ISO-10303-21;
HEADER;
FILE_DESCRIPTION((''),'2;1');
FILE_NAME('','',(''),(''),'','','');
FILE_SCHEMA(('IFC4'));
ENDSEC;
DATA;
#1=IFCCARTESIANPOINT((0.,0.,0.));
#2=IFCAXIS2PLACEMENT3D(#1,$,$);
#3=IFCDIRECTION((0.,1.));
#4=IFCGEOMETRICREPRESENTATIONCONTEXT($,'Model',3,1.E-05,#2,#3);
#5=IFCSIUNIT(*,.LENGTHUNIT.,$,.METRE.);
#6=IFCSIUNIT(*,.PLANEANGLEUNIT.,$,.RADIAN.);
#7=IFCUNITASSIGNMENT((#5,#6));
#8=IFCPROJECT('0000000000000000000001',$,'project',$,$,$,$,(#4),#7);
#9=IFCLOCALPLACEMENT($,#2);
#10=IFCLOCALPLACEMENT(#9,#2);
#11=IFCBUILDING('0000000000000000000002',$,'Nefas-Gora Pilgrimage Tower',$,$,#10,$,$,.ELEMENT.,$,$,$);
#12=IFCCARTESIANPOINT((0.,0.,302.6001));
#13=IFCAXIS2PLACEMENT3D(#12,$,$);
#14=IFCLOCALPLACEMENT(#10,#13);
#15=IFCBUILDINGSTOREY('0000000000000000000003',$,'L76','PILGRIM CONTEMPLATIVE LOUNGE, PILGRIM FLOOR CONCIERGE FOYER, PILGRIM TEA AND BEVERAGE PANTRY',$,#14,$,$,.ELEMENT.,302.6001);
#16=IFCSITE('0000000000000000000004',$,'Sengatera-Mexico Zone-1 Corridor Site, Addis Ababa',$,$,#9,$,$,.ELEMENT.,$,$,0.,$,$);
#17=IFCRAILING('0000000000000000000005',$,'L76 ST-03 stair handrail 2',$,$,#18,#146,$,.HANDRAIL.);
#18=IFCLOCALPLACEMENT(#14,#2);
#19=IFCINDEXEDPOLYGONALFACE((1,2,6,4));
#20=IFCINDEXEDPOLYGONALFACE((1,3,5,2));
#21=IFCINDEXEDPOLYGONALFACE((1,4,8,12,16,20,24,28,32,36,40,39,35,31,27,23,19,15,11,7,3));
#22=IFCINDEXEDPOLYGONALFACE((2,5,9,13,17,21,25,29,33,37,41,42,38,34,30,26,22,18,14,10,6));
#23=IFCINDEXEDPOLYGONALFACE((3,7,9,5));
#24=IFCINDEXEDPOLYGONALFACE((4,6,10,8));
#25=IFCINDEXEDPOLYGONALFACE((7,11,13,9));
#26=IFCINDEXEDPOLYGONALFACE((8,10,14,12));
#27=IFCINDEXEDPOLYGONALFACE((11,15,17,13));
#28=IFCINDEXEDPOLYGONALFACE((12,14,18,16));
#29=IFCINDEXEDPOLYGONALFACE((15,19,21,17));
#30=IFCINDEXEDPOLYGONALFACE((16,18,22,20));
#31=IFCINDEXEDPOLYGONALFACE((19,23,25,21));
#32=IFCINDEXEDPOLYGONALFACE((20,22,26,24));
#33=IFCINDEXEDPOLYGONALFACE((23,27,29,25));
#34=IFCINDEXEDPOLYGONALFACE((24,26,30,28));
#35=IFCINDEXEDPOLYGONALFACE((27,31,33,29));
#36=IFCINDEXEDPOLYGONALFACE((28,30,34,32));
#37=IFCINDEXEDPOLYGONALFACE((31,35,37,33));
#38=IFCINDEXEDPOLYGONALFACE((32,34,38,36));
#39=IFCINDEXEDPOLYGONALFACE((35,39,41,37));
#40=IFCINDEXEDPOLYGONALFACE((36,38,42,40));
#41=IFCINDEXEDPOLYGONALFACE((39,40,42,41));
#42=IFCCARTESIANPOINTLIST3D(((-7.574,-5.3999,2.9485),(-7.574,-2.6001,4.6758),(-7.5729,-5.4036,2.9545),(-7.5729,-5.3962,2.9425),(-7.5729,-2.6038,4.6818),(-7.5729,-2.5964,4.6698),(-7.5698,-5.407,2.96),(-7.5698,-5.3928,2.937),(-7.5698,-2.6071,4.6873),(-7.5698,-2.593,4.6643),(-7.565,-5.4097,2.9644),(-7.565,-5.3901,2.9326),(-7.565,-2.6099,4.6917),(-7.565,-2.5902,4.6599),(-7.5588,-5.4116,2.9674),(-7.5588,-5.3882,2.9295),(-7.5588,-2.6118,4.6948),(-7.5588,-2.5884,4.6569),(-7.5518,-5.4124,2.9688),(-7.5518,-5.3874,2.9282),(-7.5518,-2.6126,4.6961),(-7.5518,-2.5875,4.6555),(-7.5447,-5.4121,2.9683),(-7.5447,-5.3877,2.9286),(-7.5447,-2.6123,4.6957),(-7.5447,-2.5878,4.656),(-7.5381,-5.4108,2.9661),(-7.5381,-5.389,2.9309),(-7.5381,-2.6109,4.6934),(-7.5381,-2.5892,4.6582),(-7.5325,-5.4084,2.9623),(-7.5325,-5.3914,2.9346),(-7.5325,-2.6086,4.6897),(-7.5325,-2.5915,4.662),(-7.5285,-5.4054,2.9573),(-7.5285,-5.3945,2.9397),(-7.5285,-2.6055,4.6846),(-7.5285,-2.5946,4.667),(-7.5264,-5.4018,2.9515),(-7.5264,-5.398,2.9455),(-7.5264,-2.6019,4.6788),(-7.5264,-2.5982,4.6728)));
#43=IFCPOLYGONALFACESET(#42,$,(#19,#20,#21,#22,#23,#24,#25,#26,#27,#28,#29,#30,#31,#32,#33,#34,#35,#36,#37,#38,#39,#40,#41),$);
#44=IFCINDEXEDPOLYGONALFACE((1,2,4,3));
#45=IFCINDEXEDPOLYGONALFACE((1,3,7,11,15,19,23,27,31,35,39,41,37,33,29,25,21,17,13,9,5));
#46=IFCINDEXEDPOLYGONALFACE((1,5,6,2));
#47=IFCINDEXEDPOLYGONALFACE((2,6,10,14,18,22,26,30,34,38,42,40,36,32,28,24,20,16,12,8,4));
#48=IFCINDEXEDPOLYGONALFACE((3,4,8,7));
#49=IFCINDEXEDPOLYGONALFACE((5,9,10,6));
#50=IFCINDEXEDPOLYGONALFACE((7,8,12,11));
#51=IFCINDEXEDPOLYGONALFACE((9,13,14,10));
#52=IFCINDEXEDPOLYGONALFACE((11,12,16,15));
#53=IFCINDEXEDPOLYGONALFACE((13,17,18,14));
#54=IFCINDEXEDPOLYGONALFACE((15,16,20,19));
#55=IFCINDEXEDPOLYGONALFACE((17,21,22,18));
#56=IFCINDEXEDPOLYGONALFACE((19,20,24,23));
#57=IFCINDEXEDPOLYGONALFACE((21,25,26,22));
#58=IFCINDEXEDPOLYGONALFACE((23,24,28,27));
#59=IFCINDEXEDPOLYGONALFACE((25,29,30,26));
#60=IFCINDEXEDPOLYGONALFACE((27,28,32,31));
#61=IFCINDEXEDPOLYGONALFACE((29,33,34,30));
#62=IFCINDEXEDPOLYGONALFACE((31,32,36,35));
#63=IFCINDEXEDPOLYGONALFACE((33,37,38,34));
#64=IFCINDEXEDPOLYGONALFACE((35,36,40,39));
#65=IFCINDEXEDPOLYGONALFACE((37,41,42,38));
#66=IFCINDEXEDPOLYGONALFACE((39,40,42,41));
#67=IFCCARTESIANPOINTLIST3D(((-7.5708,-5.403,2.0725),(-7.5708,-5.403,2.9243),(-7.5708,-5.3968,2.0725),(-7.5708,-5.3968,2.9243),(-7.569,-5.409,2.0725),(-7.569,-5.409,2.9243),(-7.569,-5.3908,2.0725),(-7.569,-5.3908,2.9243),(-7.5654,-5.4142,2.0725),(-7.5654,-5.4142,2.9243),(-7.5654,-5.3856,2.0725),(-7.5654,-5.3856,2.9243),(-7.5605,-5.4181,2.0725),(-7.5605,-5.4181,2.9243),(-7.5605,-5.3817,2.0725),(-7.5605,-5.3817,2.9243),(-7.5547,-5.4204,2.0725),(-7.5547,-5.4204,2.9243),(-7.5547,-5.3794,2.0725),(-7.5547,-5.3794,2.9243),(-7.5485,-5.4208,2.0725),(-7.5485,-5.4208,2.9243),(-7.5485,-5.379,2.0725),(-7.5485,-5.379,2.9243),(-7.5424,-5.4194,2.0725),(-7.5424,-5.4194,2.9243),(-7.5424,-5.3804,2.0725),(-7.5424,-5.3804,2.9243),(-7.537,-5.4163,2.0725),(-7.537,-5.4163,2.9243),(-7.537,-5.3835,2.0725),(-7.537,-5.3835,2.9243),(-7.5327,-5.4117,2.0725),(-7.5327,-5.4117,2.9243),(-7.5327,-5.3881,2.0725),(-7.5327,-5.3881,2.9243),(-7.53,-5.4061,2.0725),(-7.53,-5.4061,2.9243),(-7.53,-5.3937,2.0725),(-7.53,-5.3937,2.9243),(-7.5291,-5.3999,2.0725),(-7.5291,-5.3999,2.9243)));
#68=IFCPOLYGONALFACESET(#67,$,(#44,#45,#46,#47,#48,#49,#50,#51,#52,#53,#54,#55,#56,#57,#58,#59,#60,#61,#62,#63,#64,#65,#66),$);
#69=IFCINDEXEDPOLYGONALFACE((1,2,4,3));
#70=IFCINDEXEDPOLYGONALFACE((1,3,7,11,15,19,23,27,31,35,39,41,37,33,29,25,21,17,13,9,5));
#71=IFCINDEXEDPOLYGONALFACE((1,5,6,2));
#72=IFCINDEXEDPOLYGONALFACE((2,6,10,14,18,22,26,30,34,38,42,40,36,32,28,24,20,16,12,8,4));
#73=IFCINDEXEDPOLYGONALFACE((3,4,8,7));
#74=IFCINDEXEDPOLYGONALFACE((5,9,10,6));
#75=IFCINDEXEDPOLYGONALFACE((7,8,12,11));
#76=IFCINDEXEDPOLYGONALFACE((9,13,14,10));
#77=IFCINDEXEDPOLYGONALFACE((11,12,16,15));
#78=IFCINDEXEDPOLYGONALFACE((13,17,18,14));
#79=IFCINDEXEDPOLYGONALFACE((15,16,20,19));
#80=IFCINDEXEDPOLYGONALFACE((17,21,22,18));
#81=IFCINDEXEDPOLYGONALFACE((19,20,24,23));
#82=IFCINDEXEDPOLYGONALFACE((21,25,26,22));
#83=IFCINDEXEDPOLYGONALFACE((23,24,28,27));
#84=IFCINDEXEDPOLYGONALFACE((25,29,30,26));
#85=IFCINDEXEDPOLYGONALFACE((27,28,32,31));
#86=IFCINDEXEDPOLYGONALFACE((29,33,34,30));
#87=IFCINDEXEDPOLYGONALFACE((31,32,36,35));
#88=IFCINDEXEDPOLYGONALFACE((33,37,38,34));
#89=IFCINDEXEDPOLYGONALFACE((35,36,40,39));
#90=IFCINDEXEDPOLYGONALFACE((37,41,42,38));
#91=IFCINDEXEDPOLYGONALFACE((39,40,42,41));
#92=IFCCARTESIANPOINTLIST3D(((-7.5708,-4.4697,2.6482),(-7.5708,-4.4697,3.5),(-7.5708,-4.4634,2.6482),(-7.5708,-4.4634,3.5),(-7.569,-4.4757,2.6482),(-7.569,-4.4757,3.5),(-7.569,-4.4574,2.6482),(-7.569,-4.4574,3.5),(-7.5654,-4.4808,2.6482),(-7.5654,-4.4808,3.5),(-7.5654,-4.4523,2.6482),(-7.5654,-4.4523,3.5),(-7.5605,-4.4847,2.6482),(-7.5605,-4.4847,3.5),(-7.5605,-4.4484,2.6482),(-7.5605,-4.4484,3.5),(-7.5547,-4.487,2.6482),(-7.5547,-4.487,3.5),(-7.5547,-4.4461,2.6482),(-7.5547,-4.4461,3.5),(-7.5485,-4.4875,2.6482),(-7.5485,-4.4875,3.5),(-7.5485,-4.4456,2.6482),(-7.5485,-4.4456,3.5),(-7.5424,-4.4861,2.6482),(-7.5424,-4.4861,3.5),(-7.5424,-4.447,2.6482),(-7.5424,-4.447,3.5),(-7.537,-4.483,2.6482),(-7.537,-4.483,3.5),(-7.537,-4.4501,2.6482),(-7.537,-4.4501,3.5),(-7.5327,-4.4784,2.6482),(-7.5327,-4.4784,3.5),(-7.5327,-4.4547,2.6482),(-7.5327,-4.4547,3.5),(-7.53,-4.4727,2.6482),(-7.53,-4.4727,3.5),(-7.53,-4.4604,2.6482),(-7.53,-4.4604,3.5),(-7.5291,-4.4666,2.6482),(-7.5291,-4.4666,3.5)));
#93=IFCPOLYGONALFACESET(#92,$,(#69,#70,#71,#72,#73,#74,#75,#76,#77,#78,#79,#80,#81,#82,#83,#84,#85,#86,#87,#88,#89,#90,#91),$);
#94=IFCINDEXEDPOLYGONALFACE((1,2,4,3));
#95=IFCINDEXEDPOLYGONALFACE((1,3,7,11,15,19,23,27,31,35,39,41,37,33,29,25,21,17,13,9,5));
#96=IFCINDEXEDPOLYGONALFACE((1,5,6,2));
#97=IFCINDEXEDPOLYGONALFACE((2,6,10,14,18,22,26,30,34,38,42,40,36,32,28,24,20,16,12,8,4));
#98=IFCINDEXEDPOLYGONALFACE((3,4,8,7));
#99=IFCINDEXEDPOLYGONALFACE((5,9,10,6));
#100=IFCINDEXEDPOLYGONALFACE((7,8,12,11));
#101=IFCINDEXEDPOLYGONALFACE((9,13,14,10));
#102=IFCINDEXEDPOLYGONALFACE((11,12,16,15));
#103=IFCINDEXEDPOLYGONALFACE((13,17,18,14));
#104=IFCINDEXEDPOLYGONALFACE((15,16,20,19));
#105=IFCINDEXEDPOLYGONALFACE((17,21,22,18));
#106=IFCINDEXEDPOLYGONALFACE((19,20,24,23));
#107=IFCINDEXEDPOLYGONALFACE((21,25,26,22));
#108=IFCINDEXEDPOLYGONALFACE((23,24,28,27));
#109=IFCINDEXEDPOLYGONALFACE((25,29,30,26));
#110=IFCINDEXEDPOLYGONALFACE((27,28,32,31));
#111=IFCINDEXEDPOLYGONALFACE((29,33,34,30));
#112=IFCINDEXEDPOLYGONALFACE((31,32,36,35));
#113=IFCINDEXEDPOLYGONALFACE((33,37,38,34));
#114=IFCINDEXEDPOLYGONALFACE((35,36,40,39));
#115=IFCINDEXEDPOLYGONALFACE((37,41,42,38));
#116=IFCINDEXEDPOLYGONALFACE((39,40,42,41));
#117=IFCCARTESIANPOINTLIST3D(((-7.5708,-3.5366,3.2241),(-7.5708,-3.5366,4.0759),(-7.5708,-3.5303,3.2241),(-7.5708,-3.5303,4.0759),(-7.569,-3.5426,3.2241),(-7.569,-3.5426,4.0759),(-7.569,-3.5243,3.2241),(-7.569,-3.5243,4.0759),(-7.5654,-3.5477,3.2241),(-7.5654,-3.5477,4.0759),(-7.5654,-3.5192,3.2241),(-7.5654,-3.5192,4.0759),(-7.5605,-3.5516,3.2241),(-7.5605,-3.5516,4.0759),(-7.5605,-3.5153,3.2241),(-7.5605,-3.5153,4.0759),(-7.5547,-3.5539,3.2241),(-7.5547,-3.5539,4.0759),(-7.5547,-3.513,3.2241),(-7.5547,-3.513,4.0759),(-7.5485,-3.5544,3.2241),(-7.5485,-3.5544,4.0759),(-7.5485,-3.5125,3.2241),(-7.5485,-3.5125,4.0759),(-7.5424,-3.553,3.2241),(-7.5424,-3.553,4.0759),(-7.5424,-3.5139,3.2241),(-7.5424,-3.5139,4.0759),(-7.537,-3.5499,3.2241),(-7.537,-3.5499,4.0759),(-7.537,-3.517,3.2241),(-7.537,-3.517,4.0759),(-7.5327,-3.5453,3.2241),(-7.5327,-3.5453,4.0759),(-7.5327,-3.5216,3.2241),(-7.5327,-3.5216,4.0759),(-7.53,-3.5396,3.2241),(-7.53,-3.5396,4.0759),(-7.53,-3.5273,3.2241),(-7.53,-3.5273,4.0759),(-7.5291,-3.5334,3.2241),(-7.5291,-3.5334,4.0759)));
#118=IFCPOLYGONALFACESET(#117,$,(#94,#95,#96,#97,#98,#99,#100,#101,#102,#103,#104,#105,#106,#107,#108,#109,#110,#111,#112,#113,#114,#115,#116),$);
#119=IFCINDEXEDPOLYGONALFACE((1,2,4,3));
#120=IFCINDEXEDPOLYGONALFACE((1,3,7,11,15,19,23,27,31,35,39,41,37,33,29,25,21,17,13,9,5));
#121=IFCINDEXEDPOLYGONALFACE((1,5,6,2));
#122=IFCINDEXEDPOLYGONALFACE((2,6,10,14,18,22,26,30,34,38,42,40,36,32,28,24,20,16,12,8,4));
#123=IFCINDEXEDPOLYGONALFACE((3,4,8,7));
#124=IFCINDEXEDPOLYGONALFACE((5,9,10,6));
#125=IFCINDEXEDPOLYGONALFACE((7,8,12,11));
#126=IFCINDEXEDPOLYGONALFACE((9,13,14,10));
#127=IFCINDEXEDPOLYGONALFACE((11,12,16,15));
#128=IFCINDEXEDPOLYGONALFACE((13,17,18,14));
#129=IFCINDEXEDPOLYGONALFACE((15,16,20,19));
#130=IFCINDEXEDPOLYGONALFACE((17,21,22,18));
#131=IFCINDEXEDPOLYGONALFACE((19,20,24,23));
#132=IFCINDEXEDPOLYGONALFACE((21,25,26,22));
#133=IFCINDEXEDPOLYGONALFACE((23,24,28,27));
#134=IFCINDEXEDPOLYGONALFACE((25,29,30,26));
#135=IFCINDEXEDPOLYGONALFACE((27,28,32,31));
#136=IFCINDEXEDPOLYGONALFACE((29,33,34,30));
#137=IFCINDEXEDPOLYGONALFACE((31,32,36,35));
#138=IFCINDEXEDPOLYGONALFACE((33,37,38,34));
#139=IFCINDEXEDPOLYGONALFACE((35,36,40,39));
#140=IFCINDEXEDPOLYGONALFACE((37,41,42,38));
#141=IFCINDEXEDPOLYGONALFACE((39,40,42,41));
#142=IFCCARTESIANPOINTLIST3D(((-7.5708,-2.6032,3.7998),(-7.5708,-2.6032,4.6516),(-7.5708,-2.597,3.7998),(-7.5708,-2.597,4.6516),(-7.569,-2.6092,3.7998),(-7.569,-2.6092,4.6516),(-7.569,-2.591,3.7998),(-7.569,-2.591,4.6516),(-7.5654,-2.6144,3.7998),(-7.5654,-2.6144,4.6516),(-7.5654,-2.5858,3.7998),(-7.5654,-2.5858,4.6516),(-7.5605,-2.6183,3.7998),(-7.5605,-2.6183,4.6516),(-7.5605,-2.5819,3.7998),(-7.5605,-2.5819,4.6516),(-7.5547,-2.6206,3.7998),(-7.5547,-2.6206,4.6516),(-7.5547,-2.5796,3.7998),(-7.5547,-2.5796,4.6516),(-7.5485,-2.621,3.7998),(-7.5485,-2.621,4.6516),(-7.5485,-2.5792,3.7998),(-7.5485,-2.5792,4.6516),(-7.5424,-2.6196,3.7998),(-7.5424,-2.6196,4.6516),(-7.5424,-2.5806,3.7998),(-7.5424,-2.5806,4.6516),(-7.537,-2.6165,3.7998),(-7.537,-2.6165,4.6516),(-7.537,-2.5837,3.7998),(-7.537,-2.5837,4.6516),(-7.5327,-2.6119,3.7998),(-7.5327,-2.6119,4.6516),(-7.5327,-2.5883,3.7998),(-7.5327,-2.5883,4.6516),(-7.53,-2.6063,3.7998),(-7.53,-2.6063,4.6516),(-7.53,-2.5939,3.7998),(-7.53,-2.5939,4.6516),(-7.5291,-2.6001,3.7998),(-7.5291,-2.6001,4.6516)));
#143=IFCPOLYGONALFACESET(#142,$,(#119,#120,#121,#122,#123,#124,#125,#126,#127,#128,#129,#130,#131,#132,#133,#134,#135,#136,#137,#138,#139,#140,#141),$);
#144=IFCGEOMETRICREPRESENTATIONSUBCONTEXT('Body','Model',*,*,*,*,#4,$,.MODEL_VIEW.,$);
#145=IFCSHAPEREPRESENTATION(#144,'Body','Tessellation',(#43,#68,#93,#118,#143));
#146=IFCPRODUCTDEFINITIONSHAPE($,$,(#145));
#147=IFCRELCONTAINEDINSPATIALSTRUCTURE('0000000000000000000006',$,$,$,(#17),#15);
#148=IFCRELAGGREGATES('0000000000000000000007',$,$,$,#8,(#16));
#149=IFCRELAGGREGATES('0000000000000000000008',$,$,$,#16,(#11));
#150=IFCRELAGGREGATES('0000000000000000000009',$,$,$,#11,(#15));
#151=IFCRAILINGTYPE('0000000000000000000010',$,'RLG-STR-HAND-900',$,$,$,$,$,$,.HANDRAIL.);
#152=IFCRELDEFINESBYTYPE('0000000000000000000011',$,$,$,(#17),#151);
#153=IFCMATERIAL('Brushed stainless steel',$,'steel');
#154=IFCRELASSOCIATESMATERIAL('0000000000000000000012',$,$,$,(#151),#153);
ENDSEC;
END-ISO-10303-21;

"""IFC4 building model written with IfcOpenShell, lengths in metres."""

from ifc_helpers import new_model, si_unit, direction, frame, origin, origin_2d, place, context, subcontext, project, spatial, circle, extrude, material, type_object, element, save


model = new_model("IFC4")

# Units and contexts
model_context = context("Model", 3, precision=1e-05, world=origin(), true_north=direction((0.0, 1.0)))
body_context = subcontext(model_context, "Body", "Model", "MODEL_VIEW")
ifc_project = project(units=[si_unit("LENGTHUNIT", "METRE"), si_unit("PLANEANGLEUNIT", "RADIAN")], contexts=[model_context])

# Site, building, storey
site_placement = place(None, origin())
site = spatial("IfcSite", under=ifc_project, at=site_placement, Name="Sengatera-Mexico Zone-1 Corridor Site, Addis Ababa", CompositionType="ELEMENT", RefElevation=0.0)
building_placement = place(site_placement, origin())
building = spatial("IfcBuilding", under=site, at=building_placement, Name="Nefas-Gora Pilgrimage Tower", CompositionType="ELEMENT")
storey_placement = place(building_placement, frame((0.0, 0.0, 302.6001)))
storey = spatial("IfcBuildingStorey", under=building, at=storey_placement, Name="L76", Description="PILGRIM CONTEMPLATIVE LOUNGE, PILGRIM FLOOR CONCIERGE FOYER, PILGRIM TEA AND BEVERAGE PANTRY", CompositionType="ELEMENT", Elevation=302.6001)

# Railing
ifc_material_1 = material(Name="Brushed stainless steel", Category="steel")
railing_type_1 = type_object("IfcRailingType", Name="RLG-STR-HAND-900", PredefinedType="HANDRAIL", material=ifc_material_1)
railing_1_placement = place(storey_placement, frame((-7.55, -5.3999, 2.0725)))
element("IfcRailing", 1, at=railing_1_placement, inside=storey, type_object=railing_type_1, Name="L76 ST-03 stair handrail 2", PredefinedType="HANDRAIL", context=body_context, shape_type="SweptSolid", body=[
    extrude(circle(Radius=0.0239, at=origin_2d()), frame((0.0, 0.0, 0.876), z_axis=(0.0, 0.851069, 0.525054), x_axis=(-1.0, 0.0, 0.0)), (0.0, 0.0, 1.0), 3.2898),
    extrude(circle(Radius=0.021, at=origin_2d()), origin(), (0.0, 0.0, 1.0), 0.8518),
    extrude(circle(Radius=0.021, at=origin_2d()), frame((0.0, 0.9333, 0.5757)), (0.0, 0.0, 1.0), 0.8518),
    extrude(circle(Radius=0.021, at=origin_2d()), frame((0.0, 1.8665, 1.1516)), (0.0, 0.0, 1.0), 0.8518),
    extrude(circle(Radius=0.021, at=origin_2d()), frame((0.0, 2.7998, 1.7273)), (0.0, 0.0, 1.0), 0.8518),
])

save(model, "model.ifc")
